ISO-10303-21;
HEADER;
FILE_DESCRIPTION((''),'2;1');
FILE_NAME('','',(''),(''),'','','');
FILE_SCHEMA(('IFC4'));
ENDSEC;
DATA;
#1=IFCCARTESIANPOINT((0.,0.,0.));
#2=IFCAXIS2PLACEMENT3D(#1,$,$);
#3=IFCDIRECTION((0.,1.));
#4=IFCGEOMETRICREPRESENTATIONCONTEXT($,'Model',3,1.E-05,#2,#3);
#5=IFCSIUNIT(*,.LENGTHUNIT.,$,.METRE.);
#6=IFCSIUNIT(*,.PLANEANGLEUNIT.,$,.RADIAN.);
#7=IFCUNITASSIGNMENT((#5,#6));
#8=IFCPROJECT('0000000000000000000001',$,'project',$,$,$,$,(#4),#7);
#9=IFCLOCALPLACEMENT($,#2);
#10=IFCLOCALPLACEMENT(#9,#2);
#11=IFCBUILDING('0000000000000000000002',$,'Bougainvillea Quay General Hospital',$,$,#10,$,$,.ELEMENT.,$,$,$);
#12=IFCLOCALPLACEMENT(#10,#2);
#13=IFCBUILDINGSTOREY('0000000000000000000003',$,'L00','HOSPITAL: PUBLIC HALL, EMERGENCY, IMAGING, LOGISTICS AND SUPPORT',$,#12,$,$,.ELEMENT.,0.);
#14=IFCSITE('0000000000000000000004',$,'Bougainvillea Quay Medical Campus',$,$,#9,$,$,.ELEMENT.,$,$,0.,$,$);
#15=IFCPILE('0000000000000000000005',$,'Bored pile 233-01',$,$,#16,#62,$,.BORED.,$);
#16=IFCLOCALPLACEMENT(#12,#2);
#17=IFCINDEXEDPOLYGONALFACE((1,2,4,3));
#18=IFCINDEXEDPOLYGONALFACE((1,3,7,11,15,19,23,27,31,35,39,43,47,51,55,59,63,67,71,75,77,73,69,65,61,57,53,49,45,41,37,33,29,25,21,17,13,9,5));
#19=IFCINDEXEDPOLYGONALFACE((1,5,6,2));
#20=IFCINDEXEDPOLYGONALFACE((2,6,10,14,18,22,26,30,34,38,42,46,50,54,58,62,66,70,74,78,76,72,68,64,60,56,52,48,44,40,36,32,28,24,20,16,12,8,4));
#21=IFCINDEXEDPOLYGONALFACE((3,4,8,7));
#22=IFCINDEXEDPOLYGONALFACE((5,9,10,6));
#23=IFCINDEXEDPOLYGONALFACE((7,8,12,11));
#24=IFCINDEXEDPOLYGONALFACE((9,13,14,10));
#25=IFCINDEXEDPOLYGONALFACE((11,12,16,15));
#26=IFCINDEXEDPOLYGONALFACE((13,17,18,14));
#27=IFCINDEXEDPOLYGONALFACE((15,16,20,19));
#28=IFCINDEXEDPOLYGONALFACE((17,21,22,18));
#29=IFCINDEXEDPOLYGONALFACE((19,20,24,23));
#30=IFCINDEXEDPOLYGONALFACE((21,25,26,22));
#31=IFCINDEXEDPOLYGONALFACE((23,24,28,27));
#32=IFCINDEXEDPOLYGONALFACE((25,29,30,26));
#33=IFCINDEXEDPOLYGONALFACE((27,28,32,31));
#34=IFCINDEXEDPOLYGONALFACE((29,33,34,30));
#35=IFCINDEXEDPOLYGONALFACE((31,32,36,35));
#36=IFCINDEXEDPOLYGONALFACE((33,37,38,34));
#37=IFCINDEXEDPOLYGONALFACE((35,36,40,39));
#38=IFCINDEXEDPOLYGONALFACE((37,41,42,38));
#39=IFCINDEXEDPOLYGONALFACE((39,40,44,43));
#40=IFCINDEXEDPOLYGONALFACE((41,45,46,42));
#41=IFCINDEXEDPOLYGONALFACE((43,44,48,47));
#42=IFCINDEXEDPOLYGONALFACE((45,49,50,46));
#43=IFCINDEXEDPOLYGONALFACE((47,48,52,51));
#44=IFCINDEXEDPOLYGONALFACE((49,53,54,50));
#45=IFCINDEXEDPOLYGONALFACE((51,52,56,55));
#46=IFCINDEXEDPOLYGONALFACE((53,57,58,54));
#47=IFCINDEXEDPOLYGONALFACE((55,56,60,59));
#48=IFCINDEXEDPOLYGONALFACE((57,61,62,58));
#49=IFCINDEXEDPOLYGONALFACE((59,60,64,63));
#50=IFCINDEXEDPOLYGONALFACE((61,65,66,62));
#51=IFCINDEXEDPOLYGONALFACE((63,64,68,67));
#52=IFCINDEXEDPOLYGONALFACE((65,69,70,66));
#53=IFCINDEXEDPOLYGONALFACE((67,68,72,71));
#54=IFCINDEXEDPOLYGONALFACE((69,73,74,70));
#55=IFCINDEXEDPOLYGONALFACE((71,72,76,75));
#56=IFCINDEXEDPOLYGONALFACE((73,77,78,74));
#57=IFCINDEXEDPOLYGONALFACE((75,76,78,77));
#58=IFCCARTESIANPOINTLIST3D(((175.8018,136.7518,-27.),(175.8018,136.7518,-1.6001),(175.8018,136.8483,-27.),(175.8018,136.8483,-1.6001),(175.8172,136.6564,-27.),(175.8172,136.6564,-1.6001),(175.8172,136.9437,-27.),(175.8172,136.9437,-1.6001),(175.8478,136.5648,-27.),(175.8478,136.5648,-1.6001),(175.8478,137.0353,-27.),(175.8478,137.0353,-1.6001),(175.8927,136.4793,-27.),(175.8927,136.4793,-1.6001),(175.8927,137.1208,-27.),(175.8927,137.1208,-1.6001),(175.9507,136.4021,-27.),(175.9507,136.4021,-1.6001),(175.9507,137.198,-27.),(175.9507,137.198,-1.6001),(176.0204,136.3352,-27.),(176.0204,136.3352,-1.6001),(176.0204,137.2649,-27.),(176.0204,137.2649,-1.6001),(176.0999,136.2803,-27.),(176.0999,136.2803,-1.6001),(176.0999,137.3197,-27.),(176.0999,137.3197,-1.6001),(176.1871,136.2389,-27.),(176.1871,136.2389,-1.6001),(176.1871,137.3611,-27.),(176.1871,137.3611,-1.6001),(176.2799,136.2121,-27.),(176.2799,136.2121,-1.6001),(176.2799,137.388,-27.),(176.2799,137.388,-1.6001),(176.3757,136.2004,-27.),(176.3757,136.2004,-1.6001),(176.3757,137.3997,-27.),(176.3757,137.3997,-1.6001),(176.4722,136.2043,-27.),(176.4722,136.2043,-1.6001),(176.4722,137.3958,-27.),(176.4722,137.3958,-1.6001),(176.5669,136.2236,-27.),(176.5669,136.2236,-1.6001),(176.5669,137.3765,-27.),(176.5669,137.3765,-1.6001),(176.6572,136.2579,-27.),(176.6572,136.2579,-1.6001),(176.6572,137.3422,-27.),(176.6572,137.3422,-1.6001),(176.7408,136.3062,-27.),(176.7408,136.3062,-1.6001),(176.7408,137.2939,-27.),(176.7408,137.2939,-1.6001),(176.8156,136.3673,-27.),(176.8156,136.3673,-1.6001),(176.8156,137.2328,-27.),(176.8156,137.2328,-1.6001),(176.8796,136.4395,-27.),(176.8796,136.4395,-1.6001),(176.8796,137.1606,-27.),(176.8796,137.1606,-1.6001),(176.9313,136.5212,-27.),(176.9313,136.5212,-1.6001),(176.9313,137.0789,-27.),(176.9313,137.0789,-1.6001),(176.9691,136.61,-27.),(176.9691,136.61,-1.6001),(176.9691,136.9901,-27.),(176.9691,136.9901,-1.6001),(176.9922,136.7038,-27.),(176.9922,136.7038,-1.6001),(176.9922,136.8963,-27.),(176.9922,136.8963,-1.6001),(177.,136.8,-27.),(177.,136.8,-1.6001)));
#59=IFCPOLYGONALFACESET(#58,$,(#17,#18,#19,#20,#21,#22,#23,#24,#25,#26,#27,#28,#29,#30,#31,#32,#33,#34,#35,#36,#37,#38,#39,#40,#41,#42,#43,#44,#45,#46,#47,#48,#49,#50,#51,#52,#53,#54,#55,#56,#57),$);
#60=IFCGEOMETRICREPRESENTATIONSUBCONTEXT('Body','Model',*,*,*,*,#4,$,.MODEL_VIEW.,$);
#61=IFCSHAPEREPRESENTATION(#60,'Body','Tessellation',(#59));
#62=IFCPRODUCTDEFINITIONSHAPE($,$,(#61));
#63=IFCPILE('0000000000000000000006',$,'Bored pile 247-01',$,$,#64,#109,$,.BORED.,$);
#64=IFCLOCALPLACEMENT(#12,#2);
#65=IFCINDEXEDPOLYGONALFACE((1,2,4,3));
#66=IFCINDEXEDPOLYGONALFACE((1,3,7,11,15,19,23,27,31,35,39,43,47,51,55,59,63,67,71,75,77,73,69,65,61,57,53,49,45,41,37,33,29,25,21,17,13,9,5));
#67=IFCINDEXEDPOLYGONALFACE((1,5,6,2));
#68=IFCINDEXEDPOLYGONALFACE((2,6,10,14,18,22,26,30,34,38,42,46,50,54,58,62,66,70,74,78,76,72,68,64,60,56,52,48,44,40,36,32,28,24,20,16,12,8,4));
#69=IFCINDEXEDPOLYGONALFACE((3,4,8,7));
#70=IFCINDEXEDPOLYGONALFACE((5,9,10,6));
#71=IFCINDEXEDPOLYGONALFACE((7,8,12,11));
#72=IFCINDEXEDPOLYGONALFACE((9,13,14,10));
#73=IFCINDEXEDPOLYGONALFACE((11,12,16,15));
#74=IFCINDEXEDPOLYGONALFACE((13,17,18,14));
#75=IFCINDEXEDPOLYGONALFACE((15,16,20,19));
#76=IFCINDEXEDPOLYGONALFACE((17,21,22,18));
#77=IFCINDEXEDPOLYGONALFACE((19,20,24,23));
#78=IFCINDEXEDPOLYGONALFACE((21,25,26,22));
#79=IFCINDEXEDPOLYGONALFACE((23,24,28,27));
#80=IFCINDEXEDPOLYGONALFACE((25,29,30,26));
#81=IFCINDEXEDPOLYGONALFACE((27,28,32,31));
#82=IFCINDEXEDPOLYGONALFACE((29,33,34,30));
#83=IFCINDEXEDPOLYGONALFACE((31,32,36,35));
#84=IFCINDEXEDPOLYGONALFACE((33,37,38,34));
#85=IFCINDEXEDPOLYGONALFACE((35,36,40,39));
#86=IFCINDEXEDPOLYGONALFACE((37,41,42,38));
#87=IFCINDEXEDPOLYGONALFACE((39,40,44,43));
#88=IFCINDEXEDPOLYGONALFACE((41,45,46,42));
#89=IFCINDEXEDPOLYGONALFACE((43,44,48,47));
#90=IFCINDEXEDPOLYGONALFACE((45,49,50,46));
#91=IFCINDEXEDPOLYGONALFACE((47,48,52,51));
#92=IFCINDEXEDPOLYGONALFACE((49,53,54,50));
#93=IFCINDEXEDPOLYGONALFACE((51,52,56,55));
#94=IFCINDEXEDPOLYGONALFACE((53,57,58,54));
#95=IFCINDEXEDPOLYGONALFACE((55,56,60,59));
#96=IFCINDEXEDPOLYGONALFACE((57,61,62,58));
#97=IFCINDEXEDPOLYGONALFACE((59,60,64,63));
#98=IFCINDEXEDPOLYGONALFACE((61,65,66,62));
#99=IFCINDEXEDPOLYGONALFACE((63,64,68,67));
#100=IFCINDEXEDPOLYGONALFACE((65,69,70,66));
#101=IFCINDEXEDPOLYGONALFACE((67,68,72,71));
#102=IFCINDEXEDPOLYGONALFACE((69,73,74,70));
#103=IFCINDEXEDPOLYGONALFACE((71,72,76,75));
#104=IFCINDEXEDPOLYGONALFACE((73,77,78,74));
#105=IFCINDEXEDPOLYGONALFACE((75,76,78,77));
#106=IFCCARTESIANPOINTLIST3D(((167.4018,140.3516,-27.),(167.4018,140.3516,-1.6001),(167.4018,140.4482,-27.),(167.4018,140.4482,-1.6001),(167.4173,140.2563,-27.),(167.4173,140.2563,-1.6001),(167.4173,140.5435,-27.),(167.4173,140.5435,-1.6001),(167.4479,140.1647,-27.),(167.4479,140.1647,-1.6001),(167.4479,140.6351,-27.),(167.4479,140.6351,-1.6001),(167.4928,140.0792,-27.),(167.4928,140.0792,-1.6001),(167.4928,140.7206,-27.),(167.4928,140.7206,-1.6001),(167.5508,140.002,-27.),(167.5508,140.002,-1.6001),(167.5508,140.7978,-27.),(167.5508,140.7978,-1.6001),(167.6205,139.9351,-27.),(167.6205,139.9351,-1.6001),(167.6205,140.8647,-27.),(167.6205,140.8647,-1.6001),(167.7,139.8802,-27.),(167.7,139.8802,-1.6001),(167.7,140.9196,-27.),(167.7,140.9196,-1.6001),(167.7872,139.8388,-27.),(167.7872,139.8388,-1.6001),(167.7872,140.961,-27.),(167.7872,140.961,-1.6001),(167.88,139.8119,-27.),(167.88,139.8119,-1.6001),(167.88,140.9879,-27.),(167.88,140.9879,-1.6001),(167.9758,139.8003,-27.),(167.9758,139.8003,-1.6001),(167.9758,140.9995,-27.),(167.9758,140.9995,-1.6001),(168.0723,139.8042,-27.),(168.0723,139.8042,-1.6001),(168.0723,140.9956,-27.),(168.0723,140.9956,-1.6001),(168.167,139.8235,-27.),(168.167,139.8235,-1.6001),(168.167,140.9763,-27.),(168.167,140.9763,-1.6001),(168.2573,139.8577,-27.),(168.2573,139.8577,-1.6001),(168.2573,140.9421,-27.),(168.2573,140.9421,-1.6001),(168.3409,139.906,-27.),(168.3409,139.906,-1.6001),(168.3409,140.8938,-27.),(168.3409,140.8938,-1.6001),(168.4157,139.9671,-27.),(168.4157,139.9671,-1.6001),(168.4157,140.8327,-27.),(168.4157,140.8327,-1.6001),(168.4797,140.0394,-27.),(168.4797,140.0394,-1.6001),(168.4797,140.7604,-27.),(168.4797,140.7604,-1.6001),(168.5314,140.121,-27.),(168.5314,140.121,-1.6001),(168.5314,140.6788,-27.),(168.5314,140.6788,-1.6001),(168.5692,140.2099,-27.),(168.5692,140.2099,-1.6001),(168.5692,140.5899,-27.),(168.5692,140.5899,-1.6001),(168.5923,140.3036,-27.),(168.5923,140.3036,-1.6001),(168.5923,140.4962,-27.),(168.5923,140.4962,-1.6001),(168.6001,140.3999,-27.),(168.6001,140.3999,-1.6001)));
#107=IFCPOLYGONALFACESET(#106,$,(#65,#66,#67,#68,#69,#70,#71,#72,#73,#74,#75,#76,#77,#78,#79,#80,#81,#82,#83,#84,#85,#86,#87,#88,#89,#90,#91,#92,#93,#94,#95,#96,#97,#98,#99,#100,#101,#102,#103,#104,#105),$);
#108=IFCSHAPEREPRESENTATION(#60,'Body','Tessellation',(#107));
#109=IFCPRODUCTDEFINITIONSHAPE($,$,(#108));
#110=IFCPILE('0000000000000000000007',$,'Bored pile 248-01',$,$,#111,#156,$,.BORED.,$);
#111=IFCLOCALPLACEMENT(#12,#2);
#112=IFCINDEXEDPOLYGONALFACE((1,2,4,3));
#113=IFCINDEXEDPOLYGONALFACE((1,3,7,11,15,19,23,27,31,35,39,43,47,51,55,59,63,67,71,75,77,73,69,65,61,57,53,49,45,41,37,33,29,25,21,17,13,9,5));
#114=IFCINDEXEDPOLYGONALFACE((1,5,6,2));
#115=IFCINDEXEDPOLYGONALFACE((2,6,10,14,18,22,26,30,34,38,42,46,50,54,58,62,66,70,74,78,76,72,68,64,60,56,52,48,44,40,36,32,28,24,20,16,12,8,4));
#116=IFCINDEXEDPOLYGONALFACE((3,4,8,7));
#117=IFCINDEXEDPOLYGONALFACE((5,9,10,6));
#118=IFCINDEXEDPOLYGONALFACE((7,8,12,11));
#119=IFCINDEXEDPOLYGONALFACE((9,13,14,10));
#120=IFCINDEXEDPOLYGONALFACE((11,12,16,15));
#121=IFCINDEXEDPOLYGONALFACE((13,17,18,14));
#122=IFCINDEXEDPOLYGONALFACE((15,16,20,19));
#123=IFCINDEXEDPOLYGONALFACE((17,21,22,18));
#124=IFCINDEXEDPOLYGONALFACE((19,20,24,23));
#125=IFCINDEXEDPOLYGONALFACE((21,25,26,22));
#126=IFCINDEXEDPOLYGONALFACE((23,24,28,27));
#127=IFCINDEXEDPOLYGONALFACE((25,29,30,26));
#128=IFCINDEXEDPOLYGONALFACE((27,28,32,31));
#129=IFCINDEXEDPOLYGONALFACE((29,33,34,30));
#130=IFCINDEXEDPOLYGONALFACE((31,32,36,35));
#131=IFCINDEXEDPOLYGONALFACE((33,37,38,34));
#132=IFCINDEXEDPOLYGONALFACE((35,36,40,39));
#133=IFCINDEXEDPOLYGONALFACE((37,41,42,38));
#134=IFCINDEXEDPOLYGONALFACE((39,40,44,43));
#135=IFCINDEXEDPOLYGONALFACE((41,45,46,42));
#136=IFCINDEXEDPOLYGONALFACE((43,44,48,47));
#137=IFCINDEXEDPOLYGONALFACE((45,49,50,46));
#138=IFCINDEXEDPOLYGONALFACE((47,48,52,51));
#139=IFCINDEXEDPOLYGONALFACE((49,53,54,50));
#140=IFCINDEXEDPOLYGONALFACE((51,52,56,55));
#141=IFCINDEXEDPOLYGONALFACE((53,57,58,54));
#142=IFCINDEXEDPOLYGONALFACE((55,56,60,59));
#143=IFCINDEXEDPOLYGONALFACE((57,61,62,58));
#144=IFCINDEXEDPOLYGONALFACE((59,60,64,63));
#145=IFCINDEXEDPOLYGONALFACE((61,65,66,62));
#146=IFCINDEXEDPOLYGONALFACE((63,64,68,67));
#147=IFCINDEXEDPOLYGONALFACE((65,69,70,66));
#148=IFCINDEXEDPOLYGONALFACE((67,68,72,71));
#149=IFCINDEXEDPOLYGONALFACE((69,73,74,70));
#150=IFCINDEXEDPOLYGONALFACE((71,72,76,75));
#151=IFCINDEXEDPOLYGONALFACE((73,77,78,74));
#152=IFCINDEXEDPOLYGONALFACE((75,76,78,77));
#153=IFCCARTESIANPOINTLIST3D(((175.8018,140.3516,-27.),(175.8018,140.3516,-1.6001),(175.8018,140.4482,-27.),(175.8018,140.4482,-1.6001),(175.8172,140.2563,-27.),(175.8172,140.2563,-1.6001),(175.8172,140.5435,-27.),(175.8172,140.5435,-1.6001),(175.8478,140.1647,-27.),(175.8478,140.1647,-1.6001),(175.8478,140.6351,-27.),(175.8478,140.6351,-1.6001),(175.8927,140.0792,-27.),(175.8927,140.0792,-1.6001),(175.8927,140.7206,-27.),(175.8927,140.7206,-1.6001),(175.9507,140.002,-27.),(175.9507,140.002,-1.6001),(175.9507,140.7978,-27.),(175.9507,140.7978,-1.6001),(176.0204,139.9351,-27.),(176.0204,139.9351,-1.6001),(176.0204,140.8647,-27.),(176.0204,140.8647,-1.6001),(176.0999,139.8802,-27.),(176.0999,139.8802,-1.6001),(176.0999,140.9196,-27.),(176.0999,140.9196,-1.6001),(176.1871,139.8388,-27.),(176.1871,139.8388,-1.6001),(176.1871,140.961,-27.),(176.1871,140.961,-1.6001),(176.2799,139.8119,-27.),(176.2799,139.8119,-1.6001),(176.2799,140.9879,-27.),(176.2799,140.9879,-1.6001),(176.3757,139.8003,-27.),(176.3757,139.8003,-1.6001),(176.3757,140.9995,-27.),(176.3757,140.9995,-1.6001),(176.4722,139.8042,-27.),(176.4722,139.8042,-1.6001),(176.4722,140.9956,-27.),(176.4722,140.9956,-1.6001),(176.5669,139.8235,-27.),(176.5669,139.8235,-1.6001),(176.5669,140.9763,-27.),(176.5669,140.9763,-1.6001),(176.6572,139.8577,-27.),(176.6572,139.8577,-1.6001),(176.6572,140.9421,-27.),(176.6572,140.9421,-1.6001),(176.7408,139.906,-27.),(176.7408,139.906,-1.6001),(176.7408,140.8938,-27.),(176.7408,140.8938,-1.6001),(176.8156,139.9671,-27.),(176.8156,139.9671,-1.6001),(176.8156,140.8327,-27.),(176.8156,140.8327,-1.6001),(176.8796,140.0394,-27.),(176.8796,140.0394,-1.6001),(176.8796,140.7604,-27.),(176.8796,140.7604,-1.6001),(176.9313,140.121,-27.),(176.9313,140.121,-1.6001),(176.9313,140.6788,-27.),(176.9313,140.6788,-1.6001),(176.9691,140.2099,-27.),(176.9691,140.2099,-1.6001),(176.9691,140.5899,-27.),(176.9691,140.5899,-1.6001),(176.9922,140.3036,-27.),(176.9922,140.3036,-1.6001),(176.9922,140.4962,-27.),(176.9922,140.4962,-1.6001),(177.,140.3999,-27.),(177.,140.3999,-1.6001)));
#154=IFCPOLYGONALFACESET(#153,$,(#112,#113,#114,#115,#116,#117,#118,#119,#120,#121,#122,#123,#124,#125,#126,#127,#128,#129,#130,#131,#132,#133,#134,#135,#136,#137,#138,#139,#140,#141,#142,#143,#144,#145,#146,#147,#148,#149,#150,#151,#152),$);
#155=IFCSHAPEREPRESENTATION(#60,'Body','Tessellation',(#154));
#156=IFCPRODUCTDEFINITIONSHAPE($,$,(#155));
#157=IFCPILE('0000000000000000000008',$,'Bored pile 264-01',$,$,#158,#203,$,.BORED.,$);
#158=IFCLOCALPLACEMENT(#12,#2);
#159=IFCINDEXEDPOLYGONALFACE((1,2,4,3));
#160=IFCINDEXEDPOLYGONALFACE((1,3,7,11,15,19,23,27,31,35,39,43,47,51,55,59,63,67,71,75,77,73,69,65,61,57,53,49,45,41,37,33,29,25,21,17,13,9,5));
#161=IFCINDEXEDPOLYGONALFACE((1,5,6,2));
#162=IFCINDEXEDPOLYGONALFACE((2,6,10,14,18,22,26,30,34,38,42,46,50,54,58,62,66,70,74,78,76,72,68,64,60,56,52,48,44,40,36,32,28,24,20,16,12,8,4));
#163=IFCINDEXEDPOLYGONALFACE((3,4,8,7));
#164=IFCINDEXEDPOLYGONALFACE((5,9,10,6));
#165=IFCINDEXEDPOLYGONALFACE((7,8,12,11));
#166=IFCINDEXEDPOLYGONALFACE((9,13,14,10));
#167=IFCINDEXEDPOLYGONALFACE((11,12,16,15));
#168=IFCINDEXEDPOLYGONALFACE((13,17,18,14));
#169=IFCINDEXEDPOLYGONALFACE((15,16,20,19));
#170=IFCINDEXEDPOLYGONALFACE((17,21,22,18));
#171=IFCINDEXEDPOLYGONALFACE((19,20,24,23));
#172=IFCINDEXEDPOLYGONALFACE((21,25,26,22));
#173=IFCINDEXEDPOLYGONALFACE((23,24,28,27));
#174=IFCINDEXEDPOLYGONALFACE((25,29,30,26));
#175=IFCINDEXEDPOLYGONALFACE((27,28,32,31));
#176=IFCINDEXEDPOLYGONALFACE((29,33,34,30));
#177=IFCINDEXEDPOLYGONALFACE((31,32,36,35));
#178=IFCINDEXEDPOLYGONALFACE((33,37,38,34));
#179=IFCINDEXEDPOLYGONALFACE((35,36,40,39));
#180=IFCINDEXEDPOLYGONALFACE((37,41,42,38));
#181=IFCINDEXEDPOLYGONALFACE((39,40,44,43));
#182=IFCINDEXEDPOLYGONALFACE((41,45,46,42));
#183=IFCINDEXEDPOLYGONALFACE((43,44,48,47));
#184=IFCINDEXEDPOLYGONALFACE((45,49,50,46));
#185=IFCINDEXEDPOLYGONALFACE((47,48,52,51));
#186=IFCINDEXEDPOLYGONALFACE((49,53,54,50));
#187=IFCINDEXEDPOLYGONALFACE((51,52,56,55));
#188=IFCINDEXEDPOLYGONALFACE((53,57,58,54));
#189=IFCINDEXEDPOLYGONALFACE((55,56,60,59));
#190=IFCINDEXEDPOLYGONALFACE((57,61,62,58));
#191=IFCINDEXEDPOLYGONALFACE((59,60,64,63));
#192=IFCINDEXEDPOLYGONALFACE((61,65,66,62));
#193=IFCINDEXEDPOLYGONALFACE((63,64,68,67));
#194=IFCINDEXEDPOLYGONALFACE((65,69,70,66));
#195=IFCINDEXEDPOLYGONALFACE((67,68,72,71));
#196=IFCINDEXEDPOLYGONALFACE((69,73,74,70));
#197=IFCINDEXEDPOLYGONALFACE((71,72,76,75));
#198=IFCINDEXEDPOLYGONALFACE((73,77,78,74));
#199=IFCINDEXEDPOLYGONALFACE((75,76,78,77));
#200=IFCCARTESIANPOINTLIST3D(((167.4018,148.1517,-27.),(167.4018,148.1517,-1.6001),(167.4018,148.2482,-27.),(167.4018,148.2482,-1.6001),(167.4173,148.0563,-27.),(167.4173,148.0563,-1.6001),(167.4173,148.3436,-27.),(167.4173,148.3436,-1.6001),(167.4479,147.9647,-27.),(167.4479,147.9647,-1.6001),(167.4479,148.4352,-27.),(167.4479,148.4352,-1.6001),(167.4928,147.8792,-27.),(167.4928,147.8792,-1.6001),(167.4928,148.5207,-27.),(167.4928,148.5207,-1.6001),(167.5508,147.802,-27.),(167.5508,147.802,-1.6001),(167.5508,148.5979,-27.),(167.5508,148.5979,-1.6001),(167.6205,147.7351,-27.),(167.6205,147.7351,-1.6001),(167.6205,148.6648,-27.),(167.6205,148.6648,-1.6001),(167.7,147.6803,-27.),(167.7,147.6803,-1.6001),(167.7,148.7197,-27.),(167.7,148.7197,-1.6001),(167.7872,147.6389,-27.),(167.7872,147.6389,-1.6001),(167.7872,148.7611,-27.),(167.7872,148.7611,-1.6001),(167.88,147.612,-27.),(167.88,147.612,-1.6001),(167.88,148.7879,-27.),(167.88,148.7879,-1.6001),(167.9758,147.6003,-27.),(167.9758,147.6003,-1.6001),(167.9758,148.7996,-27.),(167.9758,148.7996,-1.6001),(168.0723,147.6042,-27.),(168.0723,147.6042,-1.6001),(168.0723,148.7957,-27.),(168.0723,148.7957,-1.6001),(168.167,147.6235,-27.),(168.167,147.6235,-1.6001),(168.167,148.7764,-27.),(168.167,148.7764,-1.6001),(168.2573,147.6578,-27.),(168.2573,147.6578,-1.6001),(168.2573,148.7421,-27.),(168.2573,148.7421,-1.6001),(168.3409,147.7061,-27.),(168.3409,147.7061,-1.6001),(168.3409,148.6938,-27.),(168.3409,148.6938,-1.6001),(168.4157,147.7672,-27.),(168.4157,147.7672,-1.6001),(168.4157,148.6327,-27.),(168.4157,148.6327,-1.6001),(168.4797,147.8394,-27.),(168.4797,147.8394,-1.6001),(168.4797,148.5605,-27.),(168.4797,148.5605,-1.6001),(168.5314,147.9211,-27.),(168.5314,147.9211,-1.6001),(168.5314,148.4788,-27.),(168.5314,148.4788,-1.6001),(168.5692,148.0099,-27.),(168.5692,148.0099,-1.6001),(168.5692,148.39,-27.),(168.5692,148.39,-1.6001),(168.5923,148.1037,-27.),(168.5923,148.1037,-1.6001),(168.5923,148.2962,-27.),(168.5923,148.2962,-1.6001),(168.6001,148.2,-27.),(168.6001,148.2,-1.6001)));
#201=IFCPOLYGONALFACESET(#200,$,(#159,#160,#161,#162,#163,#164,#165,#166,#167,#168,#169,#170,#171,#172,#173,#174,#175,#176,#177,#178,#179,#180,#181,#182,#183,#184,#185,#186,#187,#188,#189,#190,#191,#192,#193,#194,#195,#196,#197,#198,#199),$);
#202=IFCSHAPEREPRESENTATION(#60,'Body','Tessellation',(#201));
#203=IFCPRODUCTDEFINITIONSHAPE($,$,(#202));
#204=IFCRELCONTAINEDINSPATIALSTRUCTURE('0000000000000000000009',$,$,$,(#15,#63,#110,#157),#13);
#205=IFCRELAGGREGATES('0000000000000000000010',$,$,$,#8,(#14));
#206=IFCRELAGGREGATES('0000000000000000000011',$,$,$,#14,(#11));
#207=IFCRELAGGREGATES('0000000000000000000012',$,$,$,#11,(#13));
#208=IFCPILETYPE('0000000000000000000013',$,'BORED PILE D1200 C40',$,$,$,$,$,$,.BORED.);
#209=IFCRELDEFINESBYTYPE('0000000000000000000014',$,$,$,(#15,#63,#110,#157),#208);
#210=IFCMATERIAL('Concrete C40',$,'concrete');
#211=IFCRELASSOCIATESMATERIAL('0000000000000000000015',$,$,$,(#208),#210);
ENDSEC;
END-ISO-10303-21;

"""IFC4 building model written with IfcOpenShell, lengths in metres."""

from ifc_helpers import new_model, si_unit, direction, frame, origin, origin_2d, place, context, subcontext, project, spatial, circle, extrude, material, material_profile, profile_set, type_object, element, save


model = new_model("IFC4")

# Units and contexts
model_context = context("Model", 3, precision=1e-05, world=origin(), true_north=direction((0.0, 1.0)))
body_context = subcontext(model_context, "Body", "Model", "MODEL_VIEW")
ifc_project = project(units=[si_unit("LENGTHUNIT", "METRE"), si_unit("PLANEANGLEUNIT", "RADIAN")], contexts=[model_context])

# Site, building, storey
site_placement = place(None, origin())
site = spatial("IfcSite", under=ifc_project, at=site_placement, Name="Bougainvillea Quay Medical Campus", CompositionType="ELEMENT", RefElevation=0.0)
building_placement = place(site_placement, origin())
building = spatial("IfcBuilding", under=site, at=building_placement, Name="Bougainvillea Quay General Hospital", CompositionType="ELEMENT")
storey_placement = place(building_placement, origin())
storey = spatial("IfcBuildingStorey", under=building, at=storey_placement, Name="L00", Description="HOSPITAL: PUBLIC HALL, EMERGENCY, IMAGING, LOGISTICS AND SUPPORT", CompositionType="ELEMENT", Elevation=0.0)

# Piles
ifc_material_1 = material(Name="Concrete C40", Category="concrete")
ifc_material_profile_1 = material_profile(ifc_material_1, circle(Radius=0.6001, at=origin_2d()))
ifc_profile_set_1 = profile_set([ifc_material_profile_1], Name="Concrete C40")
pile_type = type_object("IfcPileType", Name="BORED PILE D1200 C40", PredefinedType="BORED", material=ifc_profile_set_1)
for number, where, z_axis, x_axis, name in (
    (1, (176.3999, 136.8, -1.6001), (0.0, 0.0, -1.0), (1.0, 0.0, 0.0), "Bored pile 233-01"),
    (2, (168.0, 140.3999, -1.6001), (0.0, 0.0, -1.0), (1.0, 0.0, 0.0), "Bored pile 247-01"),
    (3, (176.3999, 140.3999, -1.6001), (0.0, 0.0, -1.0), (1.0, 0.0, 0.0), "Bored pile 248-01"),
    (4, (168.0, 148.2, -1.6001), (0.0, 0.0, -1.0), (1.0, 0.0, 0.0), "Bored pile 264-01"),
):
    element("IfcPile", number, at=place(storey_placement, frame(where, z_axis=z_axis, x_axis=x_axis)), inside=storey, type_object=pile_type, Name=name, PredefinedType="BORED", context=body_context, shape_type="SweptSolid", body=[
        extrude(circle(Radius=0.6001, at=origin_2d()), origin(), (0.0, 0.0, 1.0), 25.3999),
    ])

save(model, "model.ifc")
